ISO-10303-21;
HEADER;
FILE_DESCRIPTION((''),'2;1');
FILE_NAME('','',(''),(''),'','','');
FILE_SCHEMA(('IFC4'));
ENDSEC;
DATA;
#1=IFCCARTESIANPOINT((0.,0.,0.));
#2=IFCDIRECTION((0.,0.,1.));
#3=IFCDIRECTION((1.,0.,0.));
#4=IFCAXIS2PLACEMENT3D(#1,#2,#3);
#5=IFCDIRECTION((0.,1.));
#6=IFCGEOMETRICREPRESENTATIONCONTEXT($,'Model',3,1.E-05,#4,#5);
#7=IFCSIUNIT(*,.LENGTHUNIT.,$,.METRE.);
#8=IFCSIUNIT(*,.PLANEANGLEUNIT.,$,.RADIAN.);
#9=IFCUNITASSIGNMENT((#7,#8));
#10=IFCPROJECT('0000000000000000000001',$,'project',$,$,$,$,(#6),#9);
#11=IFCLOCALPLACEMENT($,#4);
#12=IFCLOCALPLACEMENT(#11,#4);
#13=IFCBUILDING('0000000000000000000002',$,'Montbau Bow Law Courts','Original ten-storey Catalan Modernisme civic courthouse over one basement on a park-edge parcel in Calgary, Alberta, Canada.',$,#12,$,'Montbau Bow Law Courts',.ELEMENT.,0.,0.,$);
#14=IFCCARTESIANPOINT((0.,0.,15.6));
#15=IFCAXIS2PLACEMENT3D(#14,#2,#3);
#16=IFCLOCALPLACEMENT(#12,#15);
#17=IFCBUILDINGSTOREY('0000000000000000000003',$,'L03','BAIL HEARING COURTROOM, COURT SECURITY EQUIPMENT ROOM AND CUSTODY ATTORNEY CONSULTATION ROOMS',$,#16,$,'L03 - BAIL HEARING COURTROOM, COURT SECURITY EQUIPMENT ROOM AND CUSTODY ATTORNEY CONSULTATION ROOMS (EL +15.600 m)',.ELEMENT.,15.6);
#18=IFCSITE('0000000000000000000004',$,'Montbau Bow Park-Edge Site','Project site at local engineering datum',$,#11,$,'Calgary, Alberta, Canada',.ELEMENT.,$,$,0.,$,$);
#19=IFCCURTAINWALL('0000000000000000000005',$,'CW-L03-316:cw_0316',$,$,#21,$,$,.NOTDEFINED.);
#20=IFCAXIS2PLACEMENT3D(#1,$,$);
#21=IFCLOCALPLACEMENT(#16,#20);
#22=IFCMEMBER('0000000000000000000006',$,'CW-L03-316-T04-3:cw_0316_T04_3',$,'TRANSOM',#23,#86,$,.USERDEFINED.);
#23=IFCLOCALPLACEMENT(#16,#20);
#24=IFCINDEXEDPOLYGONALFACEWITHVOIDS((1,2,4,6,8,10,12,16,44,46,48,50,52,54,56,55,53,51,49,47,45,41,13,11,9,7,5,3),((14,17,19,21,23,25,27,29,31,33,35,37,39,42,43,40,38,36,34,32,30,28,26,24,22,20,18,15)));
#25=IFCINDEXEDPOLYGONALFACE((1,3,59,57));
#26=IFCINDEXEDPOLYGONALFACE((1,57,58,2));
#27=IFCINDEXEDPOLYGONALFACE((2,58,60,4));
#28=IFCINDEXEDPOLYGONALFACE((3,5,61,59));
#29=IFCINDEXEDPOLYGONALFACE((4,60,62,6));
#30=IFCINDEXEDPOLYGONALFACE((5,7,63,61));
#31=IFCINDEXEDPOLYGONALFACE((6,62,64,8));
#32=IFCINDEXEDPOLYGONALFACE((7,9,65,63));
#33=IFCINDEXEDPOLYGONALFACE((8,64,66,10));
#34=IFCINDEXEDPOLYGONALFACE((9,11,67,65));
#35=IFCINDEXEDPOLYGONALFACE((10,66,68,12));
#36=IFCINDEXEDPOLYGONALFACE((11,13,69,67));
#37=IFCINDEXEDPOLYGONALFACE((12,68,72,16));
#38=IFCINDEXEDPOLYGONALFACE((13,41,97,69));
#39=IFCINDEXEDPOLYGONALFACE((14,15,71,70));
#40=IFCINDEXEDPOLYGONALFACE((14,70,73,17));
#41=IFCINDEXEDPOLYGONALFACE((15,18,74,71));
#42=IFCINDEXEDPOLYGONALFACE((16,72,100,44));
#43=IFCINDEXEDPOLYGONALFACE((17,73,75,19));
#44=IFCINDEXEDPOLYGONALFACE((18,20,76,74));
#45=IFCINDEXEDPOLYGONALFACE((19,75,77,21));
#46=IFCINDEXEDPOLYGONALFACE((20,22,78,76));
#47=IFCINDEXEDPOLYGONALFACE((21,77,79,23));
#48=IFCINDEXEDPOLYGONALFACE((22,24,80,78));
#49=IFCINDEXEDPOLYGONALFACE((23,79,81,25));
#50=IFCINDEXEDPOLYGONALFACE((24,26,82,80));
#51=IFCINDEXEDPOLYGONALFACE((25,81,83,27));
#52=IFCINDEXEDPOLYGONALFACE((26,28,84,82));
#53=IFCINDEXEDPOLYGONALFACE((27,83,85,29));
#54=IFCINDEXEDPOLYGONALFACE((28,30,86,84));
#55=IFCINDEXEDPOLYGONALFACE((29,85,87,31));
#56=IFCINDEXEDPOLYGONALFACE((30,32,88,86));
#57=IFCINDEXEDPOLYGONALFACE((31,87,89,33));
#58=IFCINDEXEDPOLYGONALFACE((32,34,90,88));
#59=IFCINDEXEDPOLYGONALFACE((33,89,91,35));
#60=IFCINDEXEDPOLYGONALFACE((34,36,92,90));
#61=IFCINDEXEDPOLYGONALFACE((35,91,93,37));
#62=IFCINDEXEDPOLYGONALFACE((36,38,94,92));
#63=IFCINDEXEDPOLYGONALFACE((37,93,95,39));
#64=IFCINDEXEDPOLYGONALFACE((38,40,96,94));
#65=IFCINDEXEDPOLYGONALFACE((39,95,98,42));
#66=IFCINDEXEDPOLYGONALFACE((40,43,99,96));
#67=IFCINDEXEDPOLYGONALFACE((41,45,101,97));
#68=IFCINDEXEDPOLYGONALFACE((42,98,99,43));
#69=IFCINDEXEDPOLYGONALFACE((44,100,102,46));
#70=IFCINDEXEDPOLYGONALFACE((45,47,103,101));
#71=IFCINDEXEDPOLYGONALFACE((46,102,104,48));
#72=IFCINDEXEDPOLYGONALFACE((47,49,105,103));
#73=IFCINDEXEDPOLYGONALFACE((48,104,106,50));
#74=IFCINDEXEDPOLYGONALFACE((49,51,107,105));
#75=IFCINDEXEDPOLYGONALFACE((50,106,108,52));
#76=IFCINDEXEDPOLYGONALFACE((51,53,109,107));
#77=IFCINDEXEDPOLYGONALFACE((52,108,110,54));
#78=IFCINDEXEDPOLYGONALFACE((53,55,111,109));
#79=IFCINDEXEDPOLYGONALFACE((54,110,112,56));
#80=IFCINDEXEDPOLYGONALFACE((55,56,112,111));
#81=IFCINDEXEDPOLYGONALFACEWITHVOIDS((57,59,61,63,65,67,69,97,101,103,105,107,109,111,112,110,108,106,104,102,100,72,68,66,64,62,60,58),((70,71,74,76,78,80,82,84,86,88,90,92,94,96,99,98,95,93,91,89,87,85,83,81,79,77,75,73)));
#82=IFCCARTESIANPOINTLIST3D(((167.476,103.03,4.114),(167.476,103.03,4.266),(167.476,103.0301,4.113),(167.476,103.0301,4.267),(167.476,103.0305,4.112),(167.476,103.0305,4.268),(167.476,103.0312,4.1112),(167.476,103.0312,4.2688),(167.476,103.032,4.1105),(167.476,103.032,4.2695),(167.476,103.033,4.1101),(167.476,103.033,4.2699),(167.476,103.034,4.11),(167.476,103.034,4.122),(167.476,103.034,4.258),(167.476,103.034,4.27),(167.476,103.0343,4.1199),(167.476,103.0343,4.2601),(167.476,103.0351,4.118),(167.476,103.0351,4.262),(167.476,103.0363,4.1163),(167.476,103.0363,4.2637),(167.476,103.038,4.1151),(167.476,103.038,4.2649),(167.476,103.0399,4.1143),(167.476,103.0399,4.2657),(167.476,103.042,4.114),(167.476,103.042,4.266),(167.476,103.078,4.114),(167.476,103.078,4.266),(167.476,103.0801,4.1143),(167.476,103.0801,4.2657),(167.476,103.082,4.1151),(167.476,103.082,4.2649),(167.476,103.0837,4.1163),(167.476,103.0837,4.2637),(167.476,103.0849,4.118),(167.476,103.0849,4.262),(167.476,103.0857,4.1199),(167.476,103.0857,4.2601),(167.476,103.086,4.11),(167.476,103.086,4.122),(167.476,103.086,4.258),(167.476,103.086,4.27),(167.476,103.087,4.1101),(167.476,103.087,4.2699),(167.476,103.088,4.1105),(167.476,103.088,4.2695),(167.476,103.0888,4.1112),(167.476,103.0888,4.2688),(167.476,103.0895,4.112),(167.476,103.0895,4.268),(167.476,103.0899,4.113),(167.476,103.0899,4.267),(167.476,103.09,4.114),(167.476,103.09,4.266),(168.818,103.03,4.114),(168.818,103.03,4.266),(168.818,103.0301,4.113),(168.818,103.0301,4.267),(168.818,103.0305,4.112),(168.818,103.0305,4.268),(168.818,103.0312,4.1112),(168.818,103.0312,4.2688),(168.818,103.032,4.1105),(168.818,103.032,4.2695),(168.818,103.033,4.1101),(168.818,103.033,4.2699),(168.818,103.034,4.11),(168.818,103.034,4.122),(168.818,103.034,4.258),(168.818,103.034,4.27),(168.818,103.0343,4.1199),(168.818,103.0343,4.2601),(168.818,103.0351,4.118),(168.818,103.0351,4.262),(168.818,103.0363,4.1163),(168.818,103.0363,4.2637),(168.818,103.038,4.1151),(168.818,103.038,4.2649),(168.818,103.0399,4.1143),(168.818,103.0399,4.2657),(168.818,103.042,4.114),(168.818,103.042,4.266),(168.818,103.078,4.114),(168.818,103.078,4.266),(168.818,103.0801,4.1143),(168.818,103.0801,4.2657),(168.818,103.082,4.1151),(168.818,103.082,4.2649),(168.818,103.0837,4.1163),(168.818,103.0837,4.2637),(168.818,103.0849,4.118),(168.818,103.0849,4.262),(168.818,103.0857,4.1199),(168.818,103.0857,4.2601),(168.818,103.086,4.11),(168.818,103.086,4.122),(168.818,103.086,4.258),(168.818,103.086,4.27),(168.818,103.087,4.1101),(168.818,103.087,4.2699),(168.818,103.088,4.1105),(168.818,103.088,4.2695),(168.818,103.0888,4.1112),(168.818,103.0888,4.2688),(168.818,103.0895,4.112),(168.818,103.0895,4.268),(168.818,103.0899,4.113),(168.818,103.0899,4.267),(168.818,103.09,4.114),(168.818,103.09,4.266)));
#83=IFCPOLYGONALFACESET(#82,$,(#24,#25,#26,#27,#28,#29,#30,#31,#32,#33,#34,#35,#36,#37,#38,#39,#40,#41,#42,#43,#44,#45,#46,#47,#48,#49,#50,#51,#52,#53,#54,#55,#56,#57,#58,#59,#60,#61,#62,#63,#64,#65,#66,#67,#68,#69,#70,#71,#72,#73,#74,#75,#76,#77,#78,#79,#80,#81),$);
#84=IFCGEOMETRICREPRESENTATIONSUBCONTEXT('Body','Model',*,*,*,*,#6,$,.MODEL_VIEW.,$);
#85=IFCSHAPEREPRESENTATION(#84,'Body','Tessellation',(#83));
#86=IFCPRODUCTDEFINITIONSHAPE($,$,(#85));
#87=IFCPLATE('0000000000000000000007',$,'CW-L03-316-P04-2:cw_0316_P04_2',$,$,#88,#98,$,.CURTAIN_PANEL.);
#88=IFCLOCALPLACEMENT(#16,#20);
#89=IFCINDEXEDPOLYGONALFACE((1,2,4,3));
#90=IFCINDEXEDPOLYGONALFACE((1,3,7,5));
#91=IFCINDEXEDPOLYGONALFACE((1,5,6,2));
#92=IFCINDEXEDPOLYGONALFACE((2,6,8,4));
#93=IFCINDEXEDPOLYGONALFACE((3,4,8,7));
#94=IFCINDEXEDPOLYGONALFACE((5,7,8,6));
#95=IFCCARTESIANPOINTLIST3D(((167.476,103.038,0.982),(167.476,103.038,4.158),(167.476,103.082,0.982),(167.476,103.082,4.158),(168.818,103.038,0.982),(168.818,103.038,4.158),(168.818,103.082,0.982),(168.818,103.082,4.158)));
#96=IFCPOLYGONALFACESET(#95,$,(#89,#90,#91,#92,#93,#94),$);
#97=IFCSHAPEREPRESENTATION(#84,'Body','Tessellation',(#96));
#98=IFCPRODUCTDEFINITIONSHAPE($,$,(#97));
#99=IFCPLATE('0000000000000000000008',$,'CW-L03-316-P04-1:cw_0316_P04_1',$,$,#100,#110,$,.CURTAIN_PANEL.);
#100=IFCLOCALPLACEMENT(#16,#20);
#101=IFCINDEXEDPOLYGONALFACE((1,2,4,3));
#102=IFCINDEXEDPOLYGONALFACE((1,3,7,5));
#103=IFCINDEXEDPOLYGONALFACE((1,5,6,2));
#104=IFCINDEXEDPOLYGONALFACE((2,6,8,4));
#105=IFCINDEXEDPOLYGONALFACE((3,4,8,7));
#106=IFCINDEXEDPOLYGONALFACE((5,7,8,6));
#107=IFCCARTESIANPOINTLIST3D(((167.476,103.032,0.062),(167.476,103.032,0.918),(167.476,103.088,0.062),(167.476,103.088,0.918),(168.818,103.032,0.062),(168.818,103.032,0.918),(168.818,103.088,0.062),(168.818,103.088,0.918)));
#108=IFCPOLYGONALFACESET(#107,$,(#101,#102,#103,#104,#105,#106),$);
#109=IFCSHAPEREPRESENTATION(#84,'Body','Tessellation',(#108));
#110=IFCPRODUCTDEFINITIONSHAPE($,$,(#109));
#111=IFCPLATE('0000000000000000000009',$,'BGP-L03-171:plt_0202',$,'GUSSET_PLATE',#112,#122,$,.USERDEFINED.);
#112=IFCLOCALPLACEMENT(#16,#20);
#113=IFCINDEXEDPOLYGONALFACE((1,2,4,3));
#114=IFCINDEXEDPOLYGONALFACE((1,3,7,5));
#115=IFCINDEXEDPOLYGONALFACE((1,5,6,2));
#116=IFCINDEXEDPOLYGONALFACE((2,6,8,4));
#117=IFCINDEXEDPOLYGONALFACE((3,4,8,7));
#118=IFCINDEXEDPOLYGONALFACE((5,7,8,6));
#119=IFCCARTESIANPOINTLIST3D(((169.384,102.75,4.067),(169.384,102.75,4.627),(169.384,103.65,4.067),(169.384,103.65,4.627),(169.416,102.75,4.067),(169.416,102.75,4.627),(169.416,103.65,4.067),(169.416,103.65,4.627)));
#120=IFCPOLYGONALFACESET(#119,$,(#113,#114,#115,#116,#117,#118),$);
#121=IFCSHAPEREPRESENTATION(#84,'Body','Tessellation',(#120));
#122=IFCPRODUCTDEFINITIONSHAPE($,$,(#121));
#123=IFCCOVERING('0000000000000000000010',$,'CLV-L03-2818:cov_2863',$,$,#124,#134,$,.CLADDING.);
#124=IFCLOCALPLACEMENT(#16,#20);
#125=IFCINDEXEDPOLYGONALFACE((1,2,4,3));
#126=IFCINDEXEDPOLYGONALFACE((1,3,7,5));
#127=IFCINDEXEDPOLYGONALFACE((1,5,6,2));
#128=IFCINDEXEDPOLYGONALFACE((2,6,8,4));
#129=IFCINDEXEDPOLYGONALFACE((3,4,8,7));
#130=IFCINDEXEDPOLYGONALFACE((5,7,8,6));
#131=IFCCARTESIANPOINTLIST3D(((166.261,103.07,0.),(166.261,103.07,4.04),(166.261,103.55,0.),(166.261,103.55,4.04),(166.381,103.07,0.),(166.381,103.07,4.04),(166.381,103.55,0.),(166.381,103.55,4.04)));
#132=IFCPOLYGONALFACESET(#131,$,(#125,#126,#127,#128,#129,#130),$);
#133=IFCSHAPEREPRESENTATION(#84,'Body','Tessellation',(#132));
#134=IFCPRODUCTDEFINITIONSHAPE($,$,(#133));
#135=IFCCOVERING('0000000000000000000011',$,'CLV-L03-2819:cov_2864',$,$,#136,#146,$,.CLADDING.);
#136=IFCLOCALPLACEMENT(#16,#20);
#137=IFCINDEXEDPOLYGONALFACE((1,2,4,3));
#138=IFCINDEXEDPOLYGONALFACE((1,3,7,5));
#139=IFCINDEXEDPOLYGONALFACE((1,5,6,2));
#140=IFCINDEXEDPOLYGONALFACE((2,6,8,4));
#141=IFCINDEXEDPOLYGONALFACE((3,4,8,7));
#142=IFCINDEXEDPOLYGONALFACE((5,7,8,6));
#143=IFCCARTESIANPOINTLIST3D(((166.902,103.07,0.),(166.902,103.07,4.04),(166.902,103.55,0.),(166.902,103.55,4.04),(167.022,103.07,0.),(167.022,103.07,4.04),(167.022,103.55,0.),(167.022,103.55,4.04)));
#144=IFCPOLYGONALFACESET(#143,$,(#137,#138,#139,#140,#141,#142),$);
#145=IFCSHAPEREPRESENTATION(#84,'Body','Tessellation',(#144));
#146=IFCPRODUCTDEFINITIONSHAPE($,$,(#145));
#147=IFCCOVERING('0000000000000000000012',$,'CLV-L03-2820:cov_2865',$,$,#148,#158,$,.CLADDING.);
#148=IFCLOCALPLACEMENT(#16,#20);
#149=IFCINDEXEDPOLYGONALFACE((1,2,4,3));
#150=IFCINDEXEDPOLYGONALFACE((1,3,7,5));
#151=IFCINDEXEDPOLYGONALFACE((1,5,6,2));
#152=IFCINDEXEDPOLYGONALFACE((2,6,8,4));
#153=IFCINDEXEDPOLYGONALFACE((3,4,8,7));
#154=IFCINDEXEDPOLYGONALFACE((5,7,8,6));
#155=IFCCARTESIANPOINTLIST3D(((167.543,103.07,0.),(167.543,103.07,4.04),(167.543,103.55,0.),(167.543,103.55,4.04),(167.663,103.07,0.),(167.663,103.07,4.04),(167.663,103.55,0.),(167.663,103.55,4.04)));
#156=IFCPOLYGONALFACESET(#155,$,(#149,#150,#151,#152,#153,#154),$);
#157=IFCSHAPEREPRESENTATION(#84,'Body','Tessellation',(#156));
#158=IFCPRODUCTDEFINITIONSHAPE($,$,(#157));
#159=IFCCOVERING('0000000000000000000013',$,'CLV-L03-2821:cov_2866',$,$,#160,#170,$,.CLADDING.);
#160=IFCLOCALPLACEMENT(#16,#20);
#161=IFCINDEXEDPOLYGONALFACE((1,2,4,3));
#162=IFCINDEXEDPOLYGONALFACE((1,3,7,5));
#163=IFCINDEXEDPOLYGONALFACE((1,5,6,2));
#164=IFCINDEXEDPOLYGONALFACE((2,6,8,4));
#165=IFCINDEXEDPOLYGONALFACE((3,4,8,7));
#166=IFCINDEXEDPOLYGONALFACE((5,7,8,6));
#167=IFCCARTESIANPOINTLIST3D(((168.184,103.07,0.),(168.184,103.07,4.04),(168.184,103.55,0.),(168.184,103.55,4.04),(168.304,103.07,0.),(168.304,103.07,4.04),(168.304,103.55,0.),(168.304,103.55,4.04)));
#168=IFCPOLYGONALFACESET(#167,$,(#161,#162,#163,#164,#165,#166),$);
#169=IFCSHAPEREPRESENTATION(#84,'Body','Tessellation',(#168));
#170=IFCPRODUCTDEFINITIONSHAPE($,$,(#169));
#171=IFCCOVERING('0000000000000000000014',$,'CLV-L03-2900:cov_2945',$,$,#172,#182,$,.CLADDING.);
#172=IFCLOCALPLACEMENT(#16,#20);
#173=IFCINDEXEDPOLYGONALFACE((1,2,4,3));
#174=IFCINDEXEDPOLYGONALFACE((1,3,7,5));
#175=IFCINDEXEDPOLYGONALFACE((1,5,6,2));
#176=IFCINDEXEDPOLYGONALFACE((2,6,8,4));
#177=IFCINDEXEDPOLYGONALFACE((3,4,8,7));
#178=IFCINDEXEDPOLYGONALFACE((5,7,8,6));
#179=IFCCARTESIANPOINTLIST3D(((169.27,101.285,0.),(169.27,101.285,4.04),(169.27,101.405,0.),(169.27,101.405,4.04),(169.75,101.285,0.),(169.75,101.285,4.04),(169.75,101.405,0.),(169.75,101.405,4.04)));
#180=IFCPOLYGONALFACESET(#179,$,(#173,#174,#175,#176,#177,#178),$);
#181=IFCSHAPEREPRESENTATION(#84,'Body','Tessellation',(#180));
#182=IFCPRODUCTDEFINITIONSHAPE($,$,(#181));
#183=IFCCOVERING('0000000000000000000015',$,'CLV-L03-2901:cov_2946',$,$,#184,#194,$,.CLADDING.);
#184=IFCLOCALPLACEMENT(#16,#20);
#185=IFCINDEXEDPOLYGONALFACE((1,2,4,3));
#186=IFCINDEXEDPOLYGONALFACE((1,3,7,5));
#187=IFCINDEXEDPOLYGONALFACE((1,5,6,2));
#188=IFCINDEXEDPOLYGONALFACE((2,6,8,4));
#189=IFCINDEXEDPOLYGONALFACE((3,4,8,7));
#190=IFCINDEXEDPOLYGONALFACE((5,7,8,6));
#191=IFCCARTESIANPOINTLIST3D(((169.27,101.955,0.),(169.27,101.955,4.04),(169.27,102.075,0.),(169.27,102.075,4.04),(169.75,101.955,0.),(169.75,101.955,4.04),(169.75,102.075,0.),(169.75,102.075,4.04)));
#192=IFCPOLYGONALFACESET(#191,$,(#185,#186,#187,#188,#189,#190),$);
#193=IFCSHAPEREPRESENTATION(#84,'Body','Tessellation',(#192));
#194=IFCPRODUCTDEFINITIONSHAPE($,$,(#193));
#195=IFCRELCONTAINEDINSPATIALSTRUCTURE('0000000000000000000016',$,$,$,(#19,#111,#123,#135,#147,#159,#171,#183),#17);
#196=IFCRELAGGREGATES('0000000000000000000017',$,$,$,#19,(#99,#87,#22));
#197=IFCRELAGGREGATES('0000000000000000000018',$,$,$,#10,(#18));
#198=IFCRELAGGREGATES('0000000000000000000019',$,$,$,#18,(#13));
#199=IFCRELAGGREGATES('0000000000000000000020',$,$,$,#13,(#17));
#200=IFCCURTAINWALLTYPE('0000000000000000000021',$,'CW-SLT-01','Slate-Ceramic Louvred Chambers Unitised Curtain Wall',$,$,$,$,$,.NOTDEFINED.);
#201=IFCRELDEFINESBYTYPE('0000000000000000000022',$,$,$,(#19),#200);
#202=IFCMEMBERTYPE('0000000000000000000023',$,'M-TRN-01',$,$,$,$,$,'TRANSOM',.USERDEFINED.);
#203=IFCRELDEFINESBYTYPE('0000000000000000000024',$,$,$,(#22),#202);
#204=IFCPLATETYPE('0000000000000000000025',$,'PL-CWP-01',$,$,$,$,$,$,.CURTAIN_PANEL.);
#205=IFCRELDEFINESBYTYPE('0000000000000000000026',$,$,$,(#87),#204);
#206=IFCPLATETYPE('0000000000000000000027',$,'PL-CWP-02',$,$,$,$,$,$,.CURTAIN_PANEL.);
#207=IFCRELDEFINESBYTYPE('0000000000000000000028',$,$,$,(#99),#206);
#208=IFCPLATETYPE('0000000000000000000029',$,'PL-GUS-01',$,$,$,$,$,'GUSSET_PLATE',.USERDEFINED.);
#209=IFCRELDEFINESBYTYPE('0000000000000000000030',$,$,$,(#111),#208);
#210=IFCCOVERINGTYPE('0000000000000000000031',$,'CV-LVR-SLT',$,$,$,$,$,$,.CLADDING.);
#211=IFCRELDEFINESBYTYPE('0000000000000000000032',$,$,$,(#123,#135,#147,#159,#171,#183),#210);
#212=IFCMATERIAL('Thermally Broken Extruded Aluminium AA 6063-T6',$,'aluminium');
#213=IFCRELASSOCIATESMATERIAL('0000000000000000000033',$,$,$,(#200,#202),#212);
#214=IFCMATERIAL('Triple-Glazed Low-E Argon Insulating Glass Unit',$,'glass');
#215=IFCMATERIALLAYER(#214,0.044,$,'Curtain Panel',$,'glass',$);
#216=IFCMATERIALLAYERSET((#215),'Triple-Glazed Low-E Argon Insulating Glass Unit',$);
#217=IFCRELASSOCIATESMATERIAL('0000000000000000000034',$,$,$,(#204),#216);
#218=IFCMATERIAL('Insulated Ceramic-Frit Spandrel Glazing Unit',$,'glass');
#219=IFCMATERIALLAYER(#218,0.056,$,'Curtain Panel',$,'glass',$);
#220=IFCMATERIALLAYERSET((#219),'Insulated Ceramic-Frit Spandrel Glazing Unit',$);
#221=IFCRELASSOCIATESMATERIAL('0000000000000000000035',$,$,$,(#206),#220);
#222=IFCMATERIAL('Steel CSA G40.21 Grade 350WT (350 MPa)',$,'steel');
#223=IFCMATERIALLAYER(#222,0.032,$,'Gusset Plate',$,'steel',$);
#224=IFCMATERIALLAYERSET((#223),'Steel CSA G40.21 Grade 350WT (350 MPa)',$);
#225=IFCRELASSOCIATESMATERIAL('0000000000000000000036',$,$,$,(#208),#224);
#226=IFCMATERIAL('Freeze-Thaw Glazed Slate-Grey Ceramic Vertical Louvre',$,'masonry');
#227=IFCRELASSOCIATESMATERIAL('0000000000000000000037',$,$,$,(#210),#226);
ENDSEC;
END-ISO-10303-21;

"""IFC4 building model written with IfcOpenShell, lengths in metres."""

from ifc_helpers import new_model, si_unit, direction, frame, frame_2d, origin_with_axes, origin_2d_with_axis, place, context, subcontext, project, spatial, rectangle, hollow_rectangle, extrude, material, layer, layer_set, material_profile, profile_set, type_object, element, aggregate, save


model = new_model("IFC4")

# Units and contexts
model_context = context("Model", 3, precision=1e-05, world=origin_with_axes(), true_north=direction((0.0, 1.0)))
body_context = subcontext(model_context, "Body", "Model", "MODEL_VIEW")
ifc_project = project(units=[si_unit("LENGTHUNIT", "METRE"), si_unit("PLANEANGLEUNIT", "RADIAN")], contexts=[model_context])

# Site, building, storey
site_placement = place(None, origin_with_axes())
site = spatial("IfcSite", under=ifc_project, at=site_placement, Name="Montbau Bow Park-Edge Site", Description="Project site at local engineering datum", LongName="Calgary, Alberta, Canada", CompositionType="ELEMENT", RefElevation=0.0)
building_placement = place(site_placement, origin_with_axes())
building = spatial("IfcBuilding", under=site, at=building_placement, Name="Montbau Bow Law Courts", Description="Original ten-storey Catalan Modernisme civic courthouse over one basement on a park-edge parcel in Calgary, Alberta, Canada.", LongName="Montbau Bow Law Courts", CompositionType="ELEMENT", ElevationOfRefHeight=0.0, ElevationOfTerrain=0.0)
storey_placement = place(building_placement, frame((0.0, 0.0, 15.6), z_axis=(0.0, 0.0, 1.0), x_axis=(1.0, 0.0, 0.0)))
storey = spatial("IfcBuildingStorey", under=building, at=storey_placement, Name="L03", Description="BAIL HEARING COURTROOM, COURT SECURITY EQUIPMENT ROOM AND CUSTODY ATTORNEY CONSULTATION ROOMS", LongName="L03 - BAIL HEARING COURTROOM, COURT SECURITY EQUIPMENT ROOM AND CUSTODY ATTORNEY CONSULTATION ROOMS (EL +15.600 m)", CompositionType="ELEMENT", Elevation=15.6)

# Shared definitions
ifc_material_1 = material(Name="Thermally Broken Extruded Aluminium AA 6063-T6", Category="aluminium")
curtain_wall_type = type_object("IfcCurtainWallType", Name="CW-SLT-01", Description="Slate-Ceramic Louvred Chambers Unitised Curtain Wall", PredefinedType="NOTDEFINED", material=ifc_material_1)

# Curtain wall, member, plates
curtain_wall_1_placement = place(None, frame((163.115, 103.06, 15.6), z_axis=(0.0, 0.0, 1.0), x_axis=(1.0, 0.0, 0.0)))
curtain_wall_1 = element("IfcCurtainWall", 1, at=curtain_wall_1_placement, inside=storey, type_object=curtain_wall_type, Name="CW-L03-316:cw_0316", PredefinedType="NOTDEFINED")
ifc_material_profile_1 = material_profile(ifc_material_1, hollow_rectangle(XDim=0.06, YDim=0.16, WallThickness=0.004, InnerFilletRadius=0.008, OuterFilletRadius=0.004, at=origin_2d_with_axis()), Name="CWT-160X60", Category="Main", Priority=0)
ifc_profile_set_1 = profile_set([ifc_material_profile_1], Name="Thermally Broken Extruded Aluminium AA 6063-T6")
member_type_1 = type_object("IfcMemberType", Name="M-TRN-01", ElementType="TRANSOM", PredefinedType="USERDEFINED", material=ifc_profile_set_1)
member_1_placement = place(None, frame((167.476, 103.06, 19.79), z_axis=(1.0, 0.0, 0.0), x_axis=(0.0, 1.0, 0.0)))
member_1 = element("IfcMember", 2, at=member_1_placement, type_object=member_type_1, Name="CW-L03-316-T04-3:cw_0316_T04_3", ObjectType="TRANSOM", PredefinedType="USERDEFINED", context=body_context, shape_type="SweptSolid", body=[
    extrude(hollow_rectangle(XDim=0.06, YDim=0.16, WallThickness=0.004, InnerFilletRadius=0.008, OuterFilletRadius=0.004, at=origin_2d_with_axis()), origin_with_axes(), (0.0, 0.0, 1.0), 1.342),
])
ifc_material_2 = material(Name="Triple-Glazed Low-E Argon Insulating Glass Unit", Category="glass")
ifc_layer_1 = layer(ifc_material_2, 0.044, Name="Curtain Panel", Category="glass")
ifc_layer_set_1 = layer_set([ifc_layer_1], Name="Triple-Glazed Low-E Argon Insulating Glass Unit")
plate_type_1 = type_object("IfcPlateType", Name="PL-CWP-01", PredefinedType="CURTAIN_PANEL", material=ifc_layer_set_1)
plate_1_placement = place(None, frame((167.476, 103.06, 16.582), z_axis=(0.0, -1.0, 0.0), x_axis=(1.0, 0.0, 0.0)))
plate_1 = element("IfcPlate", 3, at=plate_1_placement, type_object=plate_type_1, Name="CW-L03-316-P04-2:cw_0316_P04_2", PredefinedType="CURTAIN_PANEL", context=body_context, shape_type="SweptSolid", body=[
    extrude(rectangle(XDim=1.342, YDim=3.176, at=frame_2d((0.671, 1.588), x_axis=(1.0, 0.0))), frame((0.0, 0.0, -0.022), z_axis=(0.0, 0.0, 1.0), x_axis=(1.0, 0.0, 0.0)), (0.0, 0.0, 1.0), 0.044),
])
ifc_material_3 = material(Name="Insulated Ceramic-Frit Spandrel Glazing Unit", Category="glass")
ifc_layer_2 = layer(ifc_material_3, 0.056, Name="Curtain Panel", Category="glass")
ifc_layer_set_2 = layer_set([ifc_layer_2], Name="Insulated Ceramic-Frit Spandrel Glazing Unit")
plate_type_2 = type_object("IfcPlateType", Name="PL-CWP-02", PredefinedType="CURTAIN_PANEL", material=ifc_layer_set_2)
plate_2_placement = place(None, frame((167.476, 103.06, 15.662), z_axis=(0.0, -1.0, 0.0), x_axis=(1.0, 0.0, 0.0)))
plate_2 = element("IfcPlate", 4, at=plate_2_placement, type_object=plate_type_2, Name="CW-L03-316-P04-1:cw_0316_P04_1", PredefinedType="CURTAIN_PANEL", context=body_context, shape_type="SweptSolid", body=[
    extrude(rectangle(XDim=1.342, YDim=0.856, at=frame_2d((0.671, 0.428), x_axis=(1.0, 0.0))), frame((0.0, 0.0, -0.028), z_axis=(0.0, 0.0, 1.0), x_axis=(1.0, 0.0, 0.0)), (0.0, 0.0, 1.0), 0.056),
])
aggregate(curtain_wall_1, [plate_2, plate_1, member_1])

# Plate
ifc_material_4 = material(Name="Steel CSA G40.21 Grade 350WT (350 MPa)", Category="steel")
ifc_layer_3 = layer(ifc_material_4, 0.032, Name="Gusset Plate", Category="steel")
ifc_layer_set_3 = layer_set([ifc_layer_3], Name="Steel CSA G40.21 Grade 350WT (350 MPa)")
plate_type_3 = type_object("IfcPlateType", Name="PL-GUS-01", ElementType="GUSSET_PLATE", PredefinedType="USERDEFINED", material=ifc_layer_set_3)
plate_3_placement = place(None, frame((169.4, 103.2, 19.667), z_axis=(0.0, 0.0, 1.0), x_axis=(0.0, 1.0, 0.0)))
element("IfcPlate", 5, at=plate_3_placement, inside=storey, type_object=plate_type_3, Name="BGP-L03-171:plt_0202", ObjectType="GUSSET_PLATE", PredefinedType="USERDEFINED", context=body_context, shape_type="SweptSolid", body=[
    extrude(rectangle(XDim=0.9, YDim=0.032, at=origin_2d_with_axis()), origin_with_axes(), (0.0, 0.0, 1.0), 0.56),
])

# Coverings
ifc_material_5 = material(Name="Freeze-Thaw Glazed Slate-Grey Ceramic Vertical Louvre", Category="masonry")
covering_type = type_object("IfcCoveringType", Name="CV-LVR-SLT", PredefinedType="CLADDING", material=ifc_material_5)
for number, where, z_axis, x_axis, name in (
    (6, (166.321, 103.07, 15.6), (1.0, 0.0, 0.0), (0.0, 1.0, 0.0), "CLV-L03-2818:cov_2863"),
    (7, (166.962, 103.07, 15.6), (1.0, 0.0, 0.0), (0.0, 1.0, 0.0), "CLV-L03-2819:cov_2864"),
    (8, (167.603, 103.07, 15.6), (1.0, 0.0, 0.0), (0.0, 1.0, 0.0), "CLV-L03-2820:cov_2865"),
    (9, (168.244, 103.07, 15.6), (1.0, 0.0, 0.0), (0.0, 1.0, 0.0), "CLV-L03-2821:cov_2866"),
    (10, (169.27, 101.345, 15.6), (0.0, -1.0, 0.0), (1.0, 0.0, 0.0), "CLV-L03-2900:cov_2945"),
    (11, (169.27, 102.015, 15.6), (0.0, -1.0, 0.0), (1.0, 0.0, 0.0), "CLV-L03-2901:cov_2946"),
):
    element("IfcCovering", number, at=place(None, frame(where, z_axis=z_axis, x_axis=x_axis)), inside=storey, type_object=covering_type, Name=name, PredefinedType="CLADDING", context=body_context, shape_type="SweptSolid", body=[
        extrude(rectangle(XDim=0.48, YDim=4.04, at=frame_2d((0.24, 2.02), x_axis=(1.0, 0.0))), frame((0.0, 0.0, -0.06), z_axis=(0.0, 0.0, 1.0), x_axis=(1.0, 0.0, 0.0)), (0.0, 0.0, 1.0), 0.12),
    ])

save(model, "model.ifc")
